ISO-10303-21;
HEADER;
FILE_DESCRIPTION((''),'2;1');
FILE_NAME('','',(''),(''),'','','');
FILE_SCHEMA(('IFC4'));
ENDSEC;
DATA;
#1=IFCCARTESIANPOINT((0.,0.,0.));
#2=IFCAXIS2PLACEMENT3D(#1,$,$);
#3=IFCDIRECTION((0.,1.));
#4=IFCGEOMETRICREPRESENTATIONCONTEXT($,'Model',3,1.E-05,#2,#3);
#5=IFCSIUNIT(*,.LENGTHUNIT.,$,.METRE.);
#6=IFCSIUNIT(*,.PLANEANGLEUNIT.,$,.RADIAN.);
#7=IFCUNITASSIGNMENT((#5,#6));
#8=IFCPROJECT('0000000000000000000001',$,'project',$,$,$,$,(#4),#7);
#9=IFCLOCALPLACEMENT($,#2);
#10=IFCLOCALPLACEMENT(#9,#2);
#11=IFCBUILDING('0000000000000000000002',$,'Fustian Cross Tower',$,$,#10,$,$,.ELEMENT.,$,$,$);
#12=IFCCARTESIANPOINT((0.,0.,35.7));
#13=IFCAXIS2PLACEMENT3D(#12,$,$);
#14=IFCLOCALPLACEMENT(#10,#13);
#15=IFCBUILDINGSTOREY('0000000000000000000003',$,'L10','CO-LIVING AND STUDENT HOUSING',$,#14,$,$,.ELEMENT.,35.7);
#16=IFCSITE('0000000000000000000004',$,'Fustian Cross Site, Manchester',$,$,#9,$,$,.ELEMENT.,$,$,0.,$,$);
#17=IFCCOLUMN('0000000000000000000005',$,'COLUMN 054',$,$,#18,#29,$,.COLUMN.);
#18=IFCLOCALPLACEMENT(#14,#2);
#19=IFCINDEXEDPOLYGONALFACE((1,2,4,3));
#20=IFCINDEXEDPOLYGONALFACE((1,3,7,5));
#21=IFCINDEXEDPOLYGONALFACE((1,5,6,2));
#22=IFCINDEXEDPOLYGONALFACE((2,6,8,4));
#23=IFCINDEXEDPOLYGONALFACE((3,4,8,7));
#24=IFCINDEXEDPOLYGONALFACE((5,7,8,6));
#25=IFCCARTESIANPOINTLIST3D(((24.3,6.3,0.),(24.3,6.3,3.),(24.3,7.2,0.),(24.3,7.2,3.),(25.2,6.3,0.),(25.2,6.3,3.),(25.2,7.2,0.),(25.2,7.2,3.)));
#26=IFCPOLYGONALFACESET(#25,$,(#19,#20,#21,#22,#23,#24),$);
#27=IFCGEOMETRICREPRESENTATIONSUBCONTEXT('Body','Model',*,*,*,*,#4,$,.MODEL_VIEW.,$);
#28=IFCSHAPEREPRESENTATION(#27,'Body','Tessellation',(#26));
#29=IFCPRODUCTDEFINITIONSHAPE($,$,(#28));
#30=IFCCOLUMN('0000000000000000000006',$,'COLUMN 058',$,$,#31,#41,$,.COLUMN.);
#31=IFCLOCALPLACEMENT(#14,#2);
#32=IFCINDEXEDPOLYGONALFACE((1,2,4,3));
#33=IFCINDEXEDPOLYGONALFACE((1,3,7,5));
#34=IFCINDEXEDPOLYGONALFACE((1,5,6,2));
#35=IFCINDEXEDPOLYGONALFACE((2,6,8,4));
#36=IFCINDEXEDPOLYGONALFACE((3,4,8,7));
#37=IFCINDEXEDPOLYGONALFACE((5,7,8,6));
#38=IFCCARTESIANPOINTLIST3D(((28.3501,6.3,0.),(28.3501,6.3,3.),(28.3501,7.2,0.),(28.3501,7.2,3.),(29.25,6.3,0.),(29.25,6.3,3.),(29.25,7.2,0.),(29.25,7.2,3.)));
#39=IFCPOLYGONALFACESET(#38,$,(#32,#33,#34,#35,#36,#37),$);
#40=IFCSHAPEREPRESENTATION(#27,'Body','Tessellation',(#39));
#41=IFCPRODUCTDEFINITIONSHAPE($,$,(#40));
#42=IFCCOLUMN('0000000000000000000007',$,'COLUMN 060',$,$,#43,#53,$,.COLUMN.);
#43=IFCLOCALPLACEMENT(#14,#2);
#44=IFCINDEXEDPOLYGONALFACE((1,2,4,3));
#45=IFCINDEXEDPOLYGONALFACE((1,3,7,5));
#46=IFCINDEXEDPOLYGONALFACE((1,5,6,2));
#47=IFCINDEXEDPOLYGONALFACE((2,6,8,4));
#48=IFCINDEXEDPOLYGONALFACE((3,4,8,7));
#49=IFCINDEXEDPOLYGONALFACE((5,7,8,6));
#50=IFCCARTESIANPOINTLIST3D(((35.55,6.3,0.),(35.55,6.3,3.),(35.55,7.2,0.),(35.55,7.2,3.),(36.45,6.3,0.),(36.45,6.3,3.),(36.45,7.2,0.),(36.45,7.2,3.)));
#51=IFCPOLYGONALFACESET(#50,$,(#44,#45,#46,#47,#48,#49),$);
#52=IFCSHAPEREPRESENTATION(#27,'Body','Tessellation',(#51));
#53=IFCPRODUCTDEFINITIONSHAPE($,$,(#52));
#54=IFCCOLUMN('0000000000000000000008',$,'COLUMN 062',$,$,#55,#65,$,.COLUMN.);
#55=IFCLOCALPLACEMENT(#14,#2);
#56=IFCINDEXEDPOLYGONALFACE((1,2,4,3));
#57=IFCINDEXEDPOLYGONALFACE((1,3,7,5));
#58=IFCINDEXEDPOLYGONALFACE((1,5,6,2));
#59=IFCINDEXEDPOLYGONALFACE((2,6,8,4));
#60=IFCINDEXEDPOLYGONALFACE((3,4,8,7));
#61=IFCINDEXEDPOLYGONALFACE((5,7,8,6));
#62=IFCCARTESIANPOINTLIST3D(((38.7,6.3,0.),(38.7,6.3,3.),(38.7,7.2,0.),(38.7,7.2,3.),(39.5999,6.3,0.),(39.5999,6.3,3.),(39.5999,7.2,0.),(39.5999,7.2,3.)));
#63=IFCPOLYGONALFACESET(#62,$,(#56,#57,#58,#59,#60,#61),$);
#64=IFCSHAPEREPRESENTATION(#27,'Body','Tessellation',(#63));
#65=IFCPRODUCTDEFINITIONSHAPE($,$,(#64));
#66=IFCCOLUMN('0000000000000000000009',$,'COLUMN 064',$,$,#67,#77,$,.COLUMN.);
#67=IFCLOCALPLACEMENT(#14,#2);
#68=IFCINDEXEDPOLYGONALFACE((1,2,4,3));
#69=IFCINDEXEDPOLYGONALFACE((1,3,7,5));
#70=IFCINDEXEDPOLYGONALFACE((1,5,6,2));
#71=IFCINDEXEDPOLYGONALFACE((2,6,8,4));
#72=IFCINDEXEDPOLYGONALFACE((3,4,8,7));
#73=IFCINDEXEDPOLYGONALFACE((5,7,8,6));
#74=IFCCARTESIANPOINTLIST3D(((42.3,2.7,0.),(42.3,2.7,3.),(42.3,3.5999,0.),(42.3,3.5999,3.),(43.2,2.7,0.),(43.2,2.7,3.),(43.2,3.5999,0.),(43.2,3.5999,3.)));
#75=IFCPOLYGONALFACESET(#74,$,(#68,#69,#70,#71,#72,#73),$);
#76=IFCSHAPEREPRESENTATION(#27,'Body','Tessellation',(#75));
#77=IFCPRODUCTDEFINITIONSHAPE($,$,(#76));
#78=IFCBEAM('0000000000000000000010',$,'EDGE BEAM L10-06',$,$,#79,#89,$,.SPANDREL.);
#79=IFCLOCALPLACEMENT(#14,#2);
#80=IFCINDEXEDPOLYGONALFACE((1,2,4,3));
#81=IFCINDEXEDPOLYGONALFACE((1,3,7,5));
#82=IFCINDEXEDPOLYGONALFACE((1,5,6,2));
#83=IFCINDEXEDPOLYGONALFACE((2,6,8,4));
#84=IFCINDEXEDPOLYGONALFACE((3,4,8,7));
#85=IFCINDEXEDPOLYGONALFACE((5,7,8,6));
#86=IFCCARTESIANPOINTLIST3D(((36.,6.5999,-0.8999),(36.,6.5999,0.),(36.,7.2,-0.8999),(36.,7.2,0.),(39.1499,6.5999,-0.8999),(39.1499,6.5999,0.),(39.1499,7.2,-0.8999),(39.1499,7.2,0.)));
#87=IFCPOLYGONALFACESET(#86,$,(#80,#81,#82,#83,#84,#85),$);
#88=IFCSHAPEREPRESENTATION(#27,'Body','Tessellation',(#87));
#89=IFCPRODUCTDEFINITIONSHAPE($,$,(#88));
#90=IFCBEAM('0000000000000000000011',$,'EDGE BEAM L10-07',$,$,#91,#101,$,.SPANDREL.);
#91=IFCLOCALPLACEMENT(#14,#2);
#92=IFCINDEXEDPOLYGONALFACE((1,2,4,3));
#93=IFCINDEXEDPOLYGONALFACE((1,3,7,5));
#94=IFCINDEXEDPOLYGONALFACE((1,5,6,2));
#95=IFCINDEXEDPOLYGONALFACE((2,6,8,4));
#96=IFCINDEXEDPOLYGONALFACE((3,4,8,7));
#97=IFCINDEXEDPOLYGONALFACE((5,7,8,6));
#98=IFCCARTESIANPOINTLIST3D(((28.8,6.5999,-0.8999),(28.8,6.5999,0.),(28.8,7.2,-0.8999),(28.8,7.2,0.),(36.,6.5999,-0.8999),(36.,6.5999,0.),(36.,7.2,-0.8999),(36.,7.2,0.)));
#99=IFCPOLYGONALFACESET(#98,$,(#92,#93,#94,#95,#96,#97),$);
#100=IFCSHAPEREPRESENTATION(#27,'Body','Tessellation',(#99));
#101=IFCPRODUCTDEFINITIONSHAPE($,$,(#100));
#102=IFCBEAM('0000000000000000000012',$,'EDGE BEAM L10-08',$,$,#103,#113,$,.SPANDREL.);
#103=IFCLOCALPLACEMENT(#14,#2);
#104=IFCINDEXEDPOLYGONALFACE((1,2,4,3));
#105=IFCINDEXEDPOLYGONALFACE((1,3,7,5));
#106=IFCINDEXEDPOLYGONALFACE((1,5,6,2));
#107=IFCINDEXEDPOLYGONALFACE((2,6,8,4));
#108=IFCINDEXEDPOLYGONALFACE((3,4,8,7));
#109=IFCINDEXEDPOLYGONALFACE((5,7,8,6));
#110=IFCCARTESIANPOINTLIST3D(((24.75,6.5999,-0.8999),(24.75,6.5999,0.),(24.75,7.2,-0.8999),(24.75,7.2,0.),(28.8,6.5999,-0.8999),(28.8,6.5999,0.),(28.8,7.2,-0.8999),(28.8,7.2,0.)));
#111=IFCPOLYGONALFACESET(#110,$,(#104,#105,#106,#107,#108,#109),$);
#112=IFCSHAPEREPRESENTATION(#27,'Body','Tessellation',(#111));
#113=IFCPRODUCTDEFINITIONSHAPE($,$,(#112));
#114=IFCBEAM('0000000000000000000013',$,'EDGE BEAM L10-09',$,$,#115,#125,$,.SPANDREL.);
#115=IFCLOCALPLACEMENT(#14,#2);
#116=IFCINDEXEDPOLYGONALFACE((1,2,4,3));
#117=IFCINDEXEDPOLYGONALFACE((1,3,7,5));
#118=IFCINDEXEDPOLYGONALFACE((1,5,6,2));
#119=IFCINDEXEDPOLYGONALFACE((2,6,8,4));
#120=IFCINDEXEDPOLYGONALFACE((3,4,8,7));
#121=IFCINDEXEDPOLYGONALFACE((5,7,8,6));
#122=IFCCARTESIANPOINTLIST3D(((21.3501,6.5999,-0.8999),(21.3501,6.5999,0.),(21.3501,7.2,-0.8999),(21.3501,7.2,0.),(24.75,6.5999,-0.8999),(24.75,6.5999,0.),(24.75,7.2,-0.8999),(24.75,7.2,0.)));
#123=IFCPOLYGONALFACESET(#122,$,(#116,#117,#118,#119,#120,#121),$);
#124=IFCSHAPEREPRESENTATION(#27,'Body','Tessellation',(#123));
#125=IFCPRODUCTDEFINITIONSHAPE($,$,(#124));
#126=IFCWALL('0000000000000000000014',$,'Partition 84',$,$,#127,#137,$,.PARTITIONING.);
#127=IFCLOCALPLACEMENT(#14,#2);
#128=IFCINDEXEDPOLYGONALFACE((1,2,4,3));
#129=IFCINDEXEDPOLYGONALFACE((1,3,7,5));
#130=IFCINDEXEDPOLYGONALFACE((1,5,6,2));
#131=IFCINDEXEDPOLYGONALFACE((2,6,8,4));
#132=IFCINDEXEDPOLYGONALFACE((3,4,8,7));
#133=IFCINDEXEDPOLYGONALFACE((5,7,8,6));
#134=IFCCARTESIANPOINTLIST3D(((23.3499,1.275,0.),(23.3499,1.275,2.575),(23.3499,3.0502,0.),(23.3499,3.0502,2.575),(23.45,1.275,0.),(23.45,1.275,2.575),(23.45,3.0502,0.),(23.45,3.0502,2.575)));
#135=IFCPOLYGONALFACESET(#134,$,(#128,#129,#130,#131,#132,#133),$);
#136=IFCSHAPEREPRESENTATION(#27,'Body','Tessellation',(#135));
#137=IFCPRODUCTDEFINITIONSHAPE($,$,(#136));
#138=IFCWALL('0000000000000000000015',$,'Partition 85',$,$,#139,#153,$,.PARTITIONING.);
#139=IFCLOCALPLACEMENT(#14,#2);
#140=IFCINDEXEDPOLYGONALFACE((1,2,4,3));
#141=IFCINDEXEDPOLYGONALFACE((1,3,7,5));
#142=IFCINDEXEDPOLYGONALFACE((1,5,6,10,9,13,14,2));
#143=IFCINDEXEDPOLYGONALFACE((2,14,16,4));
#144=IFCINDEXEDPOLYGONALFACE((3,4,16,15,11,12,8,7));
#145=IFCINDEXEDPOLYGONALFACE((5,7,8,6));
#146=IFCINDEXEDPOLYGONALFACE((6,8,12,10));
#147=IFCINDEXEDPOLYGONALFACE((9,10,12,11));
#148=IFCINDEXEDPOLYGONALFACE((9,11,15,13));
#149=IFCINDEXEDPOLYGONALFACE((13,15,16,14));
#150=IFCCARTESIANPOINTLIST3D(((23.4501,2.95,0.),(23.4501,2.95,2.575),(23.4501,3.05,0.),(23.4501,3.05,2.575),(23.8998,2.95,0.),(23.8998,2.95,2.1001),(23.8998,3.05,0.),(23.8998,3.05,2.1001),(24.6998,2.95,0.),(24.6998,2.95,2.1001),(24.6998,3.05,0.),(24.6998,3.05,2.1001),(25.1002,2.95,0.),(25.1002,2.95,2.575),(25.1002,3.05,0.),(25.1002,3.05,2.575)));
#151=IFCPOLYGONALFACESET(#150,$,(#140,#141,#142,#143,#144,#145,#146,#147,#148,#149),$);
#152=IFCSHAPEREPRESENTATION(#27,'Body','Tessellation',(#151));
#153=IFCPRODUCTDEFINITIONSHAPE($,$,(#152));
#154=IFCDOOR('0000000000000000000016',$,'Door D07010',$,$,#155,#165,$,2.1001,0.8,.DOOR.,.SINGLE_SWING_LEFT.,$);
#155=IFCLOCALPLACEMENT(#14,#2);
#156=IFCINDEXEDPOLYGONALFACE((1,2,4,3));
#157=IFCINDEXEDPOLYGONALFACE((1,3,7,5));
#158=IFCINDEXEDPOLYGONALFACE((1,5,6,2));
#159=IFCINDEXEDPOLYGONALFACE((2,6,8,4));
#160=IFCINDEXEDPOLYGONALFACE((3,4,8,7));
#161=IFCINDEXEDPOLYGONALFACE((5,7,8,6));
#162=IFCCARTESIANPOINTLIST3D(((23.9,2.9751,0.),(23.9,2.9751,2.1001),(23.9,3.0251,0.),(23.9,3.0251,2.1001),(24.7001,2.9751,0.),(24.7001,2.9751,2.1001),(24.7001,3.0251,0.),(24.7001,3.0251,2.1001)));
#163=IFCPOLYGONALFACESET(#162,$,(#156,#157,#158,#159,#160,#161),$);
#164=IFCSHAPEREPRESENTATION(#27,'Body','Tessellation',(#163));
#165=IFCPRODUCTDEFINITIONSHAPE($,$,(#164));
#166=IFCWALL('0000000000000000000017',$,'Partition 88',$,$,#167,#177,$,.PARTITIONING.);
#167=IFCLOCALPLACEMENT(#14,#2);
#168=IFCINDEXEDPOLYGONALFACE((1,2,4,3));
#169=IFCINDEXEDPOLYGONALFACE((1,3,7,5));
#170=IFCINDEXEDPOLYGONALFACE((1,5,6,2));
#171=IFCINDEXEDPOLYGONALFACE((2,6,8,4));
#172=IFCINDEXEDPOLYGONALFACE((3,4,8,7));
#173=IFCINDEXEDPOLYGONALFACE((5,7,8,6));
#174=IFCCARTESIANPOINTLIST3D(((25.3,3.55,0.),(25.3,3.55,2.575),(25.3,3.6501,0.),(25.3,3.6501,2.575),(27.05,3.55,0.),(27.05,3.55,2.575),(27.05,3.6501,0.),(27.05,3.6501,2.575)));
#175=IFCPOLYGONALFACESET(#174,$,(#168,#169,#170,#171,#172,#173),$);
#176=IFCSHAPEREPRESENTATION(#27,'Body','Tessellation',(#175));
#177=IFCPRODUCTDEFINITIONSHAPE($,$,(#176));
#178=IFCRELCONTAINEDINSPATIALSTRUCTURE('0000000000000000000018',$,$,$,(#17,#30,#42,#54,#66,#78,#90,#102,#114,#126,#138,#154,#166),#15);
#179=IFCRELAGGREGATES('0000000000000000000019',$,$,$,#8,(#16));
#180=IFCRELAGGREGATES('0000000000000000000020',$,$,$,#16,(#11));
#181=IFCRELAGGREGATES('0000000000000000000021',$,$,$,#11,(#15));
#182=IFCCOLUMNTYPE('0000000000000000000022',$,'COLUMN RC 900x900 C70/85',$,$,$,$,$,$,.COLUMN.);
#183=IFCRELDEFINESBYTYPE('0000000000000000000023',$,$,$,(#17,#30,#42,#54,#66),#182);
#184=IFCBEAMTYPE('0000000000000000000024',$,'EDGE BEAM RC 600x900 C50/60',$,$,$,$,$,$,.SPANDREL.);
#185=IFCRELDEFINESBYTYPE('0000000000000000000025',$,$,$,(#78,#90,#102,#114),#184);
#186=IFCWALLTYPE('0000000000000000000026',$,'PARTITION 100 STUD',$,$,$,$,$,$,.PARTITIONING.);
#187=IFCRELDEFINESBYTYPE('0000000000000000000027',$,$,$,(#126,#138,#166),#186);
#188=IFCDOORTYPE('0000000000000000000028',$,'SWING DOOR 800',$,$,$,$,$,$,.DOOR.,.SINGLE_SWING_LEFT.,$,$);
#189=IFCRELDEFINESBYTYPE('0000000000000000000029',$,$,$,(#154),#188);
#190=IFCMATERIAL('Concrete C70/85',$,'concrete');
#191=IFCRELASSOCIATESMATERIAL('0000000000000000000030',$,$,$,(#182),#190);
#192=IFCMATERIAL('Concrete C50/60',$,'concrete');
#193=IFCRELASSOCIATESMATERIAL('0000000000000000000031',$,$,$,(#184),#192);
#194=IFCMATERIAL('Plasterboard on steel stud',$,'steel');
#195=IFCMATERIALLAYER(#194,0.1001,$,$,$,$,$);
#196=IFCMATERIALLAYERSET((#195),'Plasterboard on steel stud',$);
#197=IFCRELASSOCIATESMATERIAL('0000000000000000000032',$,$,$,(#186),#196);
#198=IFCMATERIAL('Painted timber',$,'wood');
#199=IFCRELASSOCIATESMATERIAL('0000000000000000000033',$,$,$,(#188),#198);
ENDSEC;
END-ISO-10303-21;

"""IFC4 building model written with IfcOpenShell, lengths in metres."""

from ifc_helpers import new_model, si_unit, direction, frame, frame_2d, origin, origin_2d, place, context, subcontext, project, spatial, rectangle, extrude, material, layer, layer_set, material_profile, profile_set, type_object, element, fill, save


model = new_model("IFC4")

# Units and contexts
model_context = context("Model", 3, precision=1e-05, world=origin(), true_north=direction((0.0, 1.0)))
body_context = subcontext(model_context, "Body", "Model", "MODEL_VIEW")
ifc_project = project(units=[si_unit("LENGTHUNIT", "METRE"), si_unit("PLANEANGLEUNIT", "RADIAN")], contexts=[model_context])

# Site, building, storey
site_placement = place(None, origin())
site = spatial("IfcSite", under=ifc_project, at=site_placement, Name="Fustian Cross Site, Manchester", CompositionType="ELEMENT", RefElevation=0.0)
building_placement = place(site_placement, origin())
building = spatial("IfcBuilding", under=site, at=building_placement, Name="Fustian Cross Tower", CompositionType="ELEMENT")
storey_placement = place(building_placement, frame((0.0, 0.0, 35.7)))
storey = spatial("IfcBuildingStorey", under=building, at=storey_placement, Name="L10", Description="CO-LIVING AND STUDENT HOUSING", CompositionType="ELEMENT", Elevation=35.7)

# Columns
ifc_material_1 = material(Name="Concrete C70/85", Category="concrete")
ifc_material_profile_1 = material_profile(ifc_material_1, rectangle(XDim=0.8999, YDim=0.8999, at=origin_2d()), Name="RC 900x900")
ifc_profile_set_1 = profile_set([ifc_material_profile_1], Name="Concrete C70/85")
column_type = type_object("IfcColumnType", Name="COLUMN RC 900x900 C70/85", PredefinedType="COLUMN", material=ifc_profile_set_1)
for number, where, z_axis, x_axis, name in (
    (1, (24.75, 6.75, 0.0), (0.0, 0.0, 1.0), (1.0, 0.0, 0.0), "COLUMN 054"),
    (2, (28.8, 6.75, 0.0), (0.0, 0.0, 1.0), (1.0, 0.0, 0.0), "COLUMN 058"),
    (3, (36.0, 6.75, 0.0), (0.0, 0.0, 1.0), (1.0, 0.0, 0.0), "COLUMN 060"),
    (4, (39.1499, 6.75, 0.0), (0.0, 0.0, 1.0), (1.0, 0.0, 0.0), "COLUMN 062"),
    (5, (42.75, 3.1499, 0.0), (0.0, 0.0, 1.0), (1.0, 0.0, 0.0), "COLUMN 064"),
):
    element("IfcColumn", number, at=place(storey_placement, frame(where, z_axis=z_axis, x_axis=x_axis)), inside=storey, type_object=column_type, Name=name, PredefinedType="COLUMN", context=body_context, shape_type="SweptSolid", body=[
        extrude(rectangle(XDim=0.8999, YDim=0.8999, at=origin_2d()), origin(), (0.0, 0.0, 1.0), 3.0),
    ])

# Beams
ifc_material_2 = material(Name="Concrete C50/60", Category="concrete")
ifc_material_profile_2 = material_profile(ifc_material_2, rectangle(XDim=0.6001, YDim=0.8999, at=origin_2d()), Name="RC 600x900")
ifc_profile_set_2 = profile_set([ifc_material_profile_2], Name="Concrete C50/60")
beam_type = type_object("IfcBeamType", Name="EDGE BEAM RC 600x900 C50/60", PredefinedType="SPANDREL", material=ifc_profile_set_2)
beam_1_placement = place(storey_placement, frame((39.1499, 6.8999, -0.45), z_axis=(-1.0, 0.0, 0.0), x_axis=(0.0, -1.0, 0.0)))
element("IfcBeam", 6, at=beam_1_placement, inside=storey, type_object=beam_type, Name="EDGE BEAM L10-06", PredefinedType="SPANDREL", context=body_context, shape_type="SweptSolid", body=[
    extrude(rectangle(XDim=0.6001, YDim=0.8999, at=origin_2d()), origin(), (0.0, 0.0, 1.0), 3.1499),
])
beam_2_placement = place(storey_placement, frame((36.0, 6.8999, -0.45), z_axis=(-1.0, 0.0, 0.0), x_axis=(0.0, -1.0, 0.0)))
element("IfcBeam", 7, at=beam_2_placement, inside=storey, type_object=beam_type, Name="EDGE BEAM L10-07", PredefinedType="SPANDREL", context=body_context, shape_type="SweptSolid", body=[
    extrude(rectangle(XDim=0.6001, YDim=0.8999, at=origin_2d()), origin(), (0.0, 0.0, 1.0), 7.2),
])
beam_3_placement = place(storey_placement, frame((28.8, 6.8999, -0.45), z_axis=(-1.0, 0.0, 0.0), x_axis=(0.0, -1.0, 0.0)))
element("IfcBeam", 8, at=beam_3_placement, inside=storey, type_object=beam_type, Name="EDGE BEAM L10-08", PredefinedType="SPANDREL", context=body_context, shape_type="SweptSolid", body=[
    extrude(rectangle(XDim=0.6001, YDim=0.8999, at=origin_2d()), origin(), (0.0, 0.0, 1.0), 4.05),
])
beam_4_placement = place(storey_placement, frame((24.75, 6.8999, -0.45), z_axis=(-1.0, 0.0, 0.0), x_axis=(0.0, -1.0, 0.0)))
element("IfcBeam", 9, at=beam_4_placement, inside=storey, type_object=beam_type, Name="EDGE BEAM L10-09", PredefinedType="SPANDREL", context=body_context, shape_type="SweptSolid", body=[
    extrude(rectangle(XDim=0.6001, YDim=0.8999, at=origin_2d()), origin(), (0.0, 0.0, 1.0), 3.3999),
])

# Wall
ifc_material_3 = material(Name="Plasterboard on steel stud", Category="steel")
ifc_layer_1 = layer(ifc_material_3, 0.1001)
ifc_layer_set_1 = layer_set([ifc_layer_1], Name="Plasterboard on steel stud")
wall_type_1 = type_object("IfcWallType", Name="PARTITION 100 STUD", PredefinedType="PARTITIONING", material=ifc_layer_set_1)
wall_1_placement = place(storey_placement, frame((23.3999, 1.2749, 0.0), z_axis=(0.0, 0.0, 1.0), x_axis=(0.0, 1.0, 0.0)))
element("IfcWall", 10, at=wall_1_placement, inside=storey, type_object=wall_type_1, Name="Partition 84", PredefinedType="PARTITIONING", context=body_context, shape_type="SweptSolid", body=[
    extrude(rectangle(XDim=1.7751, YDim=0.1001, at=frame_2d((0.8877, 0.0))), origin(), (0.0, 0.0, 1.0), 2.575),
])

# Wall, opening, door
wall_2_placement = place(storey_placement, frame((23.45, 3.0, 0.0), z_axis=(0.0, 0.0, 1.0), x_axis=(1.0, 0.0, 0.0)))
wall_2 = element("IfcWall", 11, at=wall_2_placement, inside=storey, type_object=wall_type_1, Name="Partition 85", PredefinedType="PARTITIONING", context=body_context, shape_type="SweptSolid", body=[
    extrude(rectangle(XDim=1.6501, YDim=0.1001, at=frame_2d((0.8252, 0.0))), origin(), (0.0, 0.0, 1.0), 2.575),
])
opening_1_placement = place(wall_2_placement, frame((0.45, 0.0, 0.0)))
opening_1 = element("IfcOpeningElement", 12, at=opening_1_placement, cuts=wall_2, PredefinedType="OPENING", context=body_context, shape_type="SweptSolid", body=[
    extrude(rectangle(XDim=0.8, YDim=2.1001, at=frame_2d((0.3999, 1.05))), frame((0.0, 0.0601, 0.0), z_axis=(0.0, -1.0, 0.0), x_axis=(1.0, 0.0, 0.0)), (0.0, 0.0, 1.0), 0.1201),
])
ifc_material_4 = material(Name="Painted timber", Category="wood")
door_type = type_object("IfcDoorType", Name="SWING DOOR 800", OperationType="SINGLE_SWING_LEFT", PredefinedType="DOOR", material=ifc_material_4)
door_1_placement = place(opening_1_placement, frame((0.8, 0.0, 0.0), z_axis=(0.0, 0.0, 1.0), x_axis=(-1.0, 0.0, 0.0)))
door_1 = element("IfcDoor", 13, at=door_1_placement, inside=storey, type_object=door_type, Name="Door D07010", OperationType="SINGLE_SWING_LEFT", OverallHeight=2.1001, OverallWidth=0.8, PredefinedType="DOOR", context=body_context, shape_type="SweptSolid", body=[
    extrude(rectangle(XDim=0.8, YDim=2.1001, at=frame_2d((0.3999, 1.05))), frame((0.0, 0.0249, 0.0), z_axis=(0.0, -1.0, 0.0), x_axis=(1.0, 0.0, 0.0)), (0.0, 0.0, 1.0), 0.05),
])
fill(opening_1, door_1)

# Wall
wall_3_placement = place(storey_placement, frame((25.3, 3.6001, 0.0), z_axis=(0.0, 0.0, 1.0), x_axis=(1.0, 0.0, 0.0)))
element("IfcWall", 14, at=wall_3_placement, inside=storey, type_object=wall_type_1, Name="Partition 88", PredefinedType="PARTITIONING", context=body_context, shape_type="SweptSolid", body=[
    extrude(rectangle(XDim=1.75, YDim=0.1001, at=frame_2d((0.875, 0.0))), origin(), (0.0, 0.0, 1.0), 2.575),
])

save(model, "model.ifc")
